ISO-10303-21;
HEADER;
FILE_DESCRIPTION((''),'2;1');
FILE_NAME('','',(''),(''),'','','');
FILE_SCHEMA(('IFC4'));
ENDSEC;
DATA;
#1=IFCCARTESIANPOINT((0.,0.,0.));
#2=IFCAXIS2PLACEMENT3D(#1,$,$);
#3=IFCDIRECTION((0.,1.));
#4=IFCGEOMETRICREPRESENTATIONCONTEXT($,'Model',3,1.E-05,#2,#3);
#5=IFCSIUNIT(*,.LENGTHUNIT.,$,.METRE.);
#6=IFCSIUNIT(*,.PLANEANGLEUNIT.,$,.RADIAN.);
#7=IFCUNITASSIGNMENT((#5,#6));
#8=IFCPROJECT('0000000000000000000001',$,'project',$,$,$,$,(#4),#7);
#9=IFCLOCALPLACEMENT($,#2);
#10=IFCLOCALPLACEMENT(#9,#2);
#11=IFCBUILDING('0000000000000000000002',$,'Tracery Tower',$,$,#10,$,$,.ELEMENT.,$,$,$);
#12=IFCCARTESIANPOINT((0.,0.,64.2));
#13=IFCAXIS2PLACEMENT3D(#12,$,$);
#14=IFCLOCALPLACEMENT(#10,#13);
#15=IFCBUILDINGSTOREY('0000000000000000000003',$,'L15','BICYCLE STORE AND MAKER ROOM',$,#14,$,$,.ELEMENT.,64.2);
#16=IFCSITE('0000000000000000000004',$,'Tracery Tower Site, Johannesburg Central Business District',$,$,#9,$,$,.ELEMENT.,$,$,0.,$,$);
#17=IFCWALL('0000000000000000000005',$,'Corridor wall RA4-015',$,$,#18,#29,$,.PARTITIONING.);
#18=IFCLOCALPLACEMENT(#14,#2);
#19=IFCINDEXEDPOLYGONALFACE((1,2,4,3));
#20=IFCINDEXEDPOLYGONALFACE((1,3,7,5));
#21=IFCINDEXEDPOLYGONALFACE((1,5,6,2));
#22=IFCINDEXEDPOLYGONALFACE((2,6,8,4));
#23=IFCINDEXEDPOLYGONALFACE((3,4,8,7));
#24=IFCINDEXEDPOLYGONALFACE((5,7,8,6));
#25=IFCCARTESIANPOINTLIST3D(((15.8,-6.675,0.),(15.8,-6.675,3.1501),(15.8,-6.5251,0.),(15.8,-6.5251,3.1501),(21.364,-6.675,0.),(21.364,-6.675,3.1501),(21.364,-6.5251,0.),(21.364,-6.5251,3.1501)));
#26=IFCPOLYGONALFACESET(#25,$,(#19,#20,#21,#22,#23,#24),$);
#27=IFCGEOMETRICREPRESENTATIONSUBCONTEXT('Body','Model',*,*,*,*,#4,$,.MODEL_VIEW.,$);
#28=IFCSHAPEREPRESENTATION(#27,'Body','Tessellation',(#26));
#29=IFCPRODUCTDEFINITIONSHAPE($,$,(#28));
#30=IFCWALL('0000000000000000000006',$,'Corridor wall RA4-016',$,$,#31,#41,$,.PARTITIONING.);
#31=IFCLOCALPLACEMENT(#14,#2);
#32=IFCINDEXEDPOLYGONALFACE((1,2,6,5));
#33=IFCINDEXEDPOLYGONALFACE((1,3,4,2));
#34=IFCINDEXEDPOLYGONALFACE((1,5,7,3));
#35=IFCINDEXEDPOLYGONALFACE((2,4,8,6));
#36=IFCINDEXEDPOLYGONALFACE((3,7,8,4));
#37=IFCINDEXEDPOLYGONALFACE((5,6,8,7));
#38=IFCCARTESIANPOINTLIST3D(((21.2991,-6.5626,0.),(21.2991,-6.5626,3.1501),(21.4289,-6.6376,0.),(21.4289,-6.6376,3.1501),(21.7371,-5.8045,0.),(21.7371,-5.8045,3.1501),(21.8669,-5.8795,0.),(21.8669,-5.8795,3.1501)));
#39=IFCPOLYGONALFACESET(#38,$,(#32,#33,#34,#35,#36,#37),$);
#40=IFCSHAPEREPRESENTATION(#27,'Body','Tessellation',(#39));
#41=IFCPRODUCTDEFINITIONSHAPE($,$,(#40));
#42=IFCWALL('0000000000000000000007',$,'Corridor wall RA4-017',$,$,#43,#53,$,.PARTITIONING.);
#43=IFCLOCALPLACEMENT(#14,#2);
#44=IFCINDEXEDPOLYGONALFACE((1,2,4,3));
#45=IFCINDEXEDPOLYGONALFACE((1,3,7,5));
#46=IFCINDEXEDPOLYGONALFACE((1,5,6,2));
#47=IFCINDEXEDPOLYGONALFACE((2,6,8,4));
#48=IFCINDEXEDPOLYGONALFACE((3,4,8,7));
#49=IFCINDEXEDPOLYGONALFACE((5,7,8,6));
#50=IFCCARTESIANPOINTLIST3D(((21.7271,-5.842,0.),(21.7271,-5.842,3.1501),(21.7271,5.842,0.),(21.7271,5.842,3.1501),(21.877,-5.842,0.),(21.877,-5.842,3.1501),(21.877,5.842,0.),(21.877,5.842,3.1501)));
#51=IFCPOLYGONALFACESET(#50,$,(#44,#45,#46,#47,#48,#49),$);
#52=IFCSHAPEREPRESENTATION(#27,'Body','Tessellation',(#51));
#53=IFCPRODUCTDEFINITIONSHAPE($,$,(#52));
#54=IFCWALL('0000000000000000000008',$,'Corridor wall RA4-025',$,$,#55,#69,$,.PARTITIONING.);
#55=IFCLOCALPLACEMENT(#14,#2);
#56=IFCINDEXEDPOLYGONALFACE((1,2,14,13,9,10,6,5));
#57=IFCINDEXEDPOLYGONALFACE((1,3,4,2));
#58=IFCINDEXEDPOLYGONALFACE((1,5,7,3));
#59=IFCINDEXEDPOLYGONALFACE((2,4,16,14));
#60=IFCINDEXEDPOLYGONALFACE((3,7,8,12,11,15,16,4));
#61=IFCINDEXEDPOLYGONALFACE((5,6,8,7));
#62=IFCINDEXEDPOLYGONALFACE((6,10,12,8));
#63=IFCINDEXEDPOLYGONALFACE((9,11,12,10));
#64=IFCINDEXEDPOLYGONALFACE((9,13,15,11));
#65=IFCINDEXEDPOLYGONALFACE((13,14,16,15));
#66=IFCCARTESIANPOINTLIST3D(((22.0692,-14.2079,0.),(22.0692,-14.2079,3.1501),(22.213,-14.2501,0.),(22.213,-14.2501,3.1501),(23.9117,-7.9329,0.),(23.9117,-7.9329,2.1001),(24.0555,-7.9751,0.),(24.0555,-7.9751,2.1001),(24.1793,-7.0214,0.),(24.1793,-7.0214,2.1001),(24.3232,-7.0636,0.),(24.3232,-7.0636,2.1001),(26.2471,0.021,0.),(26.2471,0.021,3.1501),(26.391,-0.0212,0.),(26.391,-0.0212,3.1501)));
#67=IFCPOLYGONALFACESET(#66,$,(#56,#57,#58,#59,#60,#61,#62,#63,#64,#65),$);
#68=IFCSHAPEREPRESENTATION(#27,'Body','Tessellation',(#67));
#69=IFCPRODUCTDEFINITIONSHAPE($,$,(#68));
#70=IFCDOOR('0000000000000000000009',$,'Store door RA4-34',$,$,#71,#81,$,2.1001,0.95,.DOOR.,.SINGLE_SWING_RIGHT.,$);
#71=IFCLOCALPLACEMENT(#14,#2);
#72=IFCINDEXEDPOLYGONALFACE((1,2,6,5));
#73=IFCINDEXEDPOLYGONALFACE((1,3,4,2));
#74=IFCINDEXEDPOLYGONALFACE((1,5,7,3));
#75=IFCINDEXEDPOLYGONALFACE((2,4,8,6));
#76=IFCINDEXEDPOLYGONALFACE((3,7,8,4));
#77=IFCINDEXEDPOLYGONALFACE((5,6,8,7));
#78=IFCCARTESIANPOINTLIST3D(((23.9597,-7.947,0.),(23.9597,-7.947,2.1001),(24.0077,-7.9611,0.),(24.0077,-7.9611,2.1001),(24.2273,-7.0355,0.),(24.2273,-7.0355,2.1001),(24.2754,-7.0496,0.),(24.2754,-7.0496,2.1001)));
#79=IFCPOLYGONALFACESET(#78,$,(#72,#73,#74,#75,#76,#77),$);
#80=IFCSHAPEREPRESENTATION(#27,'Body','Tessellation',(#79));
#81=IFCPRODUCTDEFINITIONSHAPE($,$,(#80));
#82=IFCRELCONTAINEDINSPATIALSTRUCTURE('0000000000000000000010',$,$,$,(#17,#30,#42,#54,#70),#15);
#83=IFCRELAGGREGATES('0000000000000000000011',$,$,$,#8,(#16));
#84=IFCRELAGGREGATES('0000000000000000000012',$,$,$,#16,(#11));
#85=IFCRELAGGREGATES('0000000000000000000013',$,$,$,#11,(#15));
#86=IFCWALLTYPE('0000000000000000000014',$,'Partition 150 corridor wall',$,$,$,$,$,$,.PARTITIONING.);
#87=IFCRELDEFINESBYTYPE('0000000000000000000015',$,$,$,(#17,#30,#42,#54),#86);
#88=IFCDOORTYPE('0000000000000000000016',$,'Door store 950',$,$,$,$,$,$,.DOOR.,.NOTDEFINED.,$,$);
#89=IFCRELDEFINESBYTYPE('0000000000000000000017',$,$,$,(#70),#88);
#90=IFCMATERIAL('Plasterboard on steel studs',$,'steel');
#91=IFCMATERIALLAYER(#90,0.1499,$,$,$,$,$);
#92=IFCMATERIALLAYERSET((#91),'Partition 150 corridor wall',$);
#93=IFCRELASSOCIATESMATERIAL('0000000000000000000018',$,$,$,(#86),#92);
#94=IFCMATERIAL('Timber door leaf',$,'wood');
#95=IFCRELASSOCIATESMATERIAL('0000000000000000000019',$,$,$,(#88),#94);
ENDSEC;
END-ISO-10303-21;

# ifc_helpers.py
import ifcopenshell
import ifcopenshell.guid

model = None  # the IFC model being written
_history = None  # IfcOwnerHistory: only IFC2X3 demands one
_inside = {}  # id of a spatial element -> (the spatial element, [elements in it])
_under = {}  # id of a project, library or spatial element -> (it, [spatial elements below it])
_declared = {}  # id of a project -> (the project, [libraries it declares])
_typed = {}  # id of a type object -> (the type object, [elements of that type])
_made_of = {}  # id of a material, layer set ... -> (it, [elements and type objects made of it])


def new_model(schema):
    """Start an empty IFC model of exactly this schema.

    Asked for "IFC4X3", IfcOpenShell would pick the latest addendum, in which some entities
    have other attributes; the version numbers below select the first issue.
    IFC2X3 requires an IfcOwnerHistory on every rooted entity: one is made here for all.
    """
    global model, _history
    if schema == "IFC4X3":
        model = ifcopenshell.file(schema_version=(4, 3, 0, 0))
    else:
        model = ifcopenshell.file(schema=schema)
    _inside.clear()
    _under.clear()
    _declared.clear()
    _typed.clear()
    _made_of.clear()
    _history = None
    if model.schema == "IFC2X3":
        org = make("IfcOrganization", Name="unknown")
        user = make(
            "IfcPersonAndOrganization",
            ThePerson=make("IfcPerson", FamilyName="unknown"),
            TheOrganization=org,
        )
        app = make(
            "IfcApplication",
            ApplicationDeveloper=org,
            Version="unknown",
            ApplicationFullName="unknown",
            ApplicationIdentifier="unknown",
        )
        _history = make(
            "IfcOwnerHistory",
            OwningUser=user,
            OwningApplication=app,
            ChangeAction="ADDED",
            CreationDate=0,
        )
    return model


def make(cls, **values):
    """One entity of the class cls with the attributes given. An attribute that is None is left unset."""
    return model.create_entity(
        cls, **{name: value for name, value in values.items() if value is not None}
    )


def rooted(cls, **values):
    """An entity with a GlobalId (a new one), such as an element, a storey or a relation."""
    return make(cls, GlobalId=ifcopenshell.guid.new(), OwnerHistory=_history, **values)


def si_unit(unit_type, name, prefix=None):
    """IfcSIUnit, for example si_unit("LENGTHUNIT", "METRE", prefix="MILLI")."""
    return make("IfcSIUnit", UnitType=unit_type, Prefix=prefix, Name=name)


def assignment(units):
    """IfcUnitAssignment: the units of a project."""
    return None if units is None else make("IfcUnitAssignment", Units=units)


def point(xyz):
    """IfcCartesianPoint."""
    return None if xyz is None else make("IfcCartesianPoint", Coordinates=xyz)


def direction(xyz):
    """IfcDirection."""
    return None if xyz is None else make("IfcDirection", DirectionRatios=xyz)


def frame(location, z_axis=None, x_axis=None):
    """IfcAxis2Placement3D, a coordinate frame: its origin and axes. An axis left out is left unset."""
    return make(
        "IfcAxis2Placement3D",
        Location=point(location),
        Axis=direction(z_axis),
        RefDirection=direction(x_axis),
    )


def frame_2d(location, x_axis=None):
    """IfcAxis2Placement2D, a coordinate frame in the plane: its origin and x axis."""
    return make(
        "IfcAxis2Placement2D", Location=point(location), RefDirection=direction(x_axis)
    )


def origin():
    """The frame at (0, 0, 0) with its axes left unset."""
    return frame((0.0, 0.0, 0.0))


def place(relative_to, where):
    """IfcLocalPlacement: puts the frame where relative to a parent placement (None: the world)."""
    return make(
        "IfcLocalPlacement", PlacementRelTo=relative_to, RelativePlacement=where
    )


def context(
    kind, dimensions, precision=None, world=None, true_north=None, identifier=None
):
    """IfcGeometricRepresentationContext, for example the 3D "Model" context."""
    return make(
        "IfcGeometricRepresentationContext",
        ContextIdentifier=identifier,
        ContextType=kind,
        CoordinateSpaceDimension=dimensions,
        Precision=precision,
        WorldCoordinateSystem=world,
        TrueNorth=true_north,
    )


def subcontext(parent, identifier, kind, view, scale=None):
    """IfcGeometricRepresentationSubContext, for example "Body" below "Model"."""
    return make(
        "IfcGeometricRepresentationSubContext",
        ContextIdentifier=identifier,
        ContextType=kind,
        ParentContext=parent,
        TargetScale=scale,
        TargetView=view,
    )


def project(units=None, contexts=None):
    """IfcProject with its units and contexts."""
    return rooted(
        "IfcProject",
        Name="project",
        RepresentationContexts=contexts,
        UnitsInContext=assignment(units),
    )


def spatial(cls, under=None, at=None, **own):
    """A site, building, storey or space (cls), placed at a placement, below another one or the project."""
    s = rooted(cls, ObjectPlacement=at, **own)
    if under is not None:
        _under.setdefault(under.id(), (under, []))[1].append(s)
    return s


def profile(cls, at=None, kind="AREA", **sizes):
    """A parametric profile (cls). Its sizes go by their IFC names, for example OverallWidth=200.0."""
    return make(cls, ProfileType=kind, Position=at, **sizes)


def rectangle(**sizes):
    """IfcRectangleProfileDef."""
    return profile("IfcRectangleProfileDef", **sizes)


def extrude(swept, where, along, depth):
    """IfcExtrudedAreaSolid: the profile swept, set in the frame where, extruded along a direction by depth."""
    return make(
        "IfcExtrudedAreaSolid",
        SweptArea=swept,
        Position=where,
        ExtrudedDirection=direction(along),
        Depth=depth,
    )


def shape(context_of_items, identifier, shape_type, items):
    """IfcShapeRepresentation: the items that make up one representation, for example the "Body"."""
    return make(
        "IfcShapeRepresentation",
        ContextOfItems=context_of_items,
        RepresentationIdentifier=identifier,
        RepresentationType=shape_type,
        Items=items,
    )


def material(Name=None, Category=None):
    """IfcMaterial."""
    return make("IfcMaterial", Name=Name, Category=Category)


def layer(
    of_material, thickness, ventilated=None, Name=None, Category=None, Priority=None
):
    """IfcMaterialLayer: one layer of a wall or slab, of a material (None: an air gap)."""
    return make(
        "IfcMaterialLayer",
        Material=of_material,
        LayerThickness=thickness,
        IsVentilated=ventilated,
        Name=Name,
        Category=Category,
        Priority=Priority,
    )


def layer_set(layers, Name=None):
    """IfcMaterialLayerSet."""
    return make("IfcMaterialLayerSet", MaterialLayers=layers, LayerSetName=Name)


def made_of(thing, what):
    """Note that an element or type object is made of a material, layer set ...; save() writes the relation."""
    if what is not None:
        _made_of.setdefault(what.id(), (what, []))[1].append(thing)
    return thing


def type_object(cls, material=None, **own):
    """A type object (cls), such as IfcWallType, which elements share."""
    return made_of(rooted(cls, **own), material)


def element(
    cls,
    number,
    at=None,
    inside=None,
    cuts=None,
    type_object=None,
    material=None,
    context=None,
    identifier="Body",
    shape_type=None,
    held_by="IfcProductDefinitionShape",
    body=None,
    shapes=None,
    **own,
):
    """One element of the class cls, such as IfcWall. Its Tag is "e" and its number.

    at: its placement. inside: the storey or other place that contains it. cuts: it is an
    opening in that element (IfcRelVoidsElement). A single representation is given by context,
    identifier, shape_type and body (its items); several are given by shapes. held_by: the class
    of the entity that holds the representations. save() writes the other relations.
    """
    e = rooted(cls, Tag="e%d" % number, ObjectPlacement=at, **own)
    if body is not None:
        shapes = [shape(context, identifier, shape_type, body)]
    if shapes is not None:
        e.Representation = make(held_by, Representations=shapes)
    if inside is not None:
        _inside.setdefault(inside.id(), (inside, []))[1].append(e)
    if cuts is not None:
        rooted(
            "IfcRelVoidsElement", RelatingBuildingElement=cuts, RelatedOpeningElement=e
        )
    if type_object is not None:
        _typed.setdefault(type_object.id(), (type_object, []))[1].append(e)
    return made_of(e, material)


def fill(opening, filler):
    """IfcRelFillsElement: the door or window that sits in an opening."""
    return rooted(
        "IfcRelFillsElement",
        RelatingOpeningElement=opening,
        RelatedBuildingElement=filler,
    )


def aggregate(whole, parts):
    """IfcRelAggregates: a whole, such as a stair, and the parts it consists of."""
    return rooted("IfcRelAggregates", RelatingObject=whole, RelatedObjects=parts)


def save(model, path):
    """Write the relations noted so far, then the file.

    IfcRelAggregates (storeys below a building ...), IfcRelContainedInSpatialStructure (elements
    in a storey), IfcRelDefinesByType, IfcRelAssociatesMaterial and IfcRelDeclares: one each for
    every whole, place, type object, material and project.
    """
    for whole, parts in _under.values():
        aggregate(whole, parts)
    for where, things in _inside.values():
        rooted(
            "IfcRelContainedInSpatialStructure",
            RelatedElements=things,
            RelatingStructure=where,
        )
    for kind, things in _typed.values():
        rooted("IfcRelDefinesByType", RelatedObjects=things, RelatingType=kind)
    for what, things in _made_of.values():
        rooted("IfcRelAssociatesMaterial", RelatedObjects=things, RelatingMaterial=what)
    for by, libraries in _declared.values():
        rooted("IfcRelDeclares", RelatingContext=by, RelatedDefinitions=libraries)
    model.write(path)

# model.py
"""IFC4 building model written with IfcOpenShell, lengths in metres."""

from ifc_helpers import new_model, si_unit, direction, frame, frame_2d, origin, place, context, subcontext, project, spatial, rectangle, extrude, material, layer, layer_set, type_object, element, fill, save


model = new_model("IFC4")

# Units and contexts
model_context = context("Model", 3, precision=1e-05, world=origin(), true_north=direction((0.0, 1.0)))
body_context = subcontext(model_context, "Body", "Model", "MODEL_VIEW")
ifc_project = project(units=[si_unit("LENGTHUNIT", "METRE"), si_unit("PLANEANGLEUNIT", "RADIAN")], contexts=[model_context])

# Site, building, storey
site_placement = place(None, origin())
site = spatial("IfcSite", under=ifc_project, at=site_placement, Name="Tracery Tower Site, Johannesburg Central Business District", CompositionType="ELEMENT", RefElevation=0.0)
building_placement = place(site_placement, origin())
building = spatial("IfcBuilding", under=site, at=building_placement, Name="Tracery Tower", CompositionType="ELEMENT")
storey_placement = place(building_placement, frame((0.0, 0.0, 64.2)))
storey = spatial("IfcBuildingStorey", under=building, at=storey_placement, Name="L15", Description="BICYCLE STORE AND MAKER ROOM", CompositionType="ELEMENT", Elevation=64.2)

# Shared definitions
ifc_material_1 = material(Name="Plasterboard on steel studs", Category="steel")
ifc_layer_1 = layer(ifc_material_1, 0.1499)
ifc_layer_set_1 = layer_set([ifc_layer_1], Name="Partition 150 corridor wall")
wall_type_1 = type_object("IfcWallType", Name="Partition 150 corridor wall", PredefinedType="PARTITIONING", material=ifc_layer_set_1)

# Shared definitions
ifc_material_2 = material(Name="Timber door leaf", Category="wood")
door_type_1 = type_object("IfcDoorType", Name="Door store 950", OperationType="NOTDEFINED", PredefinedType="DOOR", material=ifc_material_2)

# Walls
wall_1_placement = place(storey_placement, frame((15.8, -6.6001, 0.0), z_axis=(0.0, 0.0, 1.0), x_axis=(1.0, 0.0, 0.0)))
element("IfcWall", 1, at=wall_1_placement, inside=storey, type_object=wall_type_1, Name="Corridor wall RA4-015", PredefinedType="PARTITIONING", context=body_context, shape_type="SweptSolid", body=[
    extrude(rectangle(XDim=5.564, YDim=0.1499, at=frame_2d((2.782, 0.0))), origin(), (0.0, 0.0, 1.0), 3.1501),
])
wall_2_placement = place(storey_placement, frame((21.364, -6.6001, 0.0), z_axis=(0.0, 0.0, 1.0), x_axis=(0.500278, 0.865865, 0.0)))
element("IfcWall", 2, at=wall_2_placement, inside=storey, type_object=wall_type_1, Name="Corridor wall RA4-016", PredefinedType="PARTITIONING", context=body_context, shape_type="SweptSolid", body=[
    extrude(rectangle(XDim=0.8755, YDim=0.1499, at=frame_2d((0.4377, 0.0))), origin(), (0.0, 0.0, 1.0), 3.1501),
])
wall_3_placement = place(storey_placement, frame((21.802, -5.842, 0.0), z_axis=(0.0, 0.0, 1.0), x_axis=(0.0, 1.0, 0.0)))
element("IfcWall", 3, at=wall_3_placement, inside=storey, type_object=wall_type_1, Name="Corridor wall RA4-017", PredefinedType="PARTITIONING", context=body_context, shape_type="SweptSolid", body=[
    extrude(rectangle(XDim=11.6841, YDim=0.1499, at=frame_2d((5.842, 0.0))), origin(), (0.0, 0.0, 1.0), 3.1501),
])

# Wall, opening, door
wall_4_placement = place(storey_placement, frame((22.1411, -14.229, 0.0), z_axis=(0.0, 0.0, 1.0), x_axis=(0.28173, 0.959494, 0.0)))
wall_4 = element("IfcWall", 4, at=wall_4_placement, inside=storey, type_object=wall_type_1, Name="Corridor wall RA4-025", PredefinedType="PARTITIONING", context=body_context, shape_type="SweptSolid", body=[
    extrude(rectangle(XDim=14.8296, YDim=0.1499, at=frame_2d((7.4148, 0.0))), origin(), (0.0, 0.0, 1.0), 3.1501),
])
opening_1_placement = place(wall_4_placement, frame((6.5398, 0.0, 0.0)))
opening_1 = element("IfcOpeningElement", 5, at=opening_1_placement, cuts=wall_4, PredefinedType="OPENING", context=body_context, shape_type="SweptSolid", body=[
    extrude(rectangle(XDim=0.95, YDim=2.1001, at=frame_2d((0.4751, 1.05))), frame((0.0, 0.075, 0.0), z_axis=(0.0, -1.0, 0.0), x_axis=(1.0, 0.0, 0.0)), (0.0, 0.0, 1.0), 0.1499),
])
door_1_placement = place(opening_1_placement, origin())
door_1 = element("IfcDoor", 6, at=door_1_placement, inside=storey, type_object=door_type_1, Name="Store door RA4-34", OperationType="SINGLE_SWING_RIGHT", OverallHeight=2.1001, OverallWidth=0.95, PredefinedType="DOOR", context=body_context, shape_type="SweptSolid", body=[
    extrude(rectangle(XDim=0.95, YDim=2.1001, at=frame_2d((0.4751, 1.05))), frame((0.0, 0.0249, 0.0), z_axis=(0.0, -1.0, 0.0), x_axis=(1.0, 0.0, 0.0)), (0.0, 0.0, 1.0), 0.05),
])
fill(opening_1, door_1)

save(model, "model.ifc")
